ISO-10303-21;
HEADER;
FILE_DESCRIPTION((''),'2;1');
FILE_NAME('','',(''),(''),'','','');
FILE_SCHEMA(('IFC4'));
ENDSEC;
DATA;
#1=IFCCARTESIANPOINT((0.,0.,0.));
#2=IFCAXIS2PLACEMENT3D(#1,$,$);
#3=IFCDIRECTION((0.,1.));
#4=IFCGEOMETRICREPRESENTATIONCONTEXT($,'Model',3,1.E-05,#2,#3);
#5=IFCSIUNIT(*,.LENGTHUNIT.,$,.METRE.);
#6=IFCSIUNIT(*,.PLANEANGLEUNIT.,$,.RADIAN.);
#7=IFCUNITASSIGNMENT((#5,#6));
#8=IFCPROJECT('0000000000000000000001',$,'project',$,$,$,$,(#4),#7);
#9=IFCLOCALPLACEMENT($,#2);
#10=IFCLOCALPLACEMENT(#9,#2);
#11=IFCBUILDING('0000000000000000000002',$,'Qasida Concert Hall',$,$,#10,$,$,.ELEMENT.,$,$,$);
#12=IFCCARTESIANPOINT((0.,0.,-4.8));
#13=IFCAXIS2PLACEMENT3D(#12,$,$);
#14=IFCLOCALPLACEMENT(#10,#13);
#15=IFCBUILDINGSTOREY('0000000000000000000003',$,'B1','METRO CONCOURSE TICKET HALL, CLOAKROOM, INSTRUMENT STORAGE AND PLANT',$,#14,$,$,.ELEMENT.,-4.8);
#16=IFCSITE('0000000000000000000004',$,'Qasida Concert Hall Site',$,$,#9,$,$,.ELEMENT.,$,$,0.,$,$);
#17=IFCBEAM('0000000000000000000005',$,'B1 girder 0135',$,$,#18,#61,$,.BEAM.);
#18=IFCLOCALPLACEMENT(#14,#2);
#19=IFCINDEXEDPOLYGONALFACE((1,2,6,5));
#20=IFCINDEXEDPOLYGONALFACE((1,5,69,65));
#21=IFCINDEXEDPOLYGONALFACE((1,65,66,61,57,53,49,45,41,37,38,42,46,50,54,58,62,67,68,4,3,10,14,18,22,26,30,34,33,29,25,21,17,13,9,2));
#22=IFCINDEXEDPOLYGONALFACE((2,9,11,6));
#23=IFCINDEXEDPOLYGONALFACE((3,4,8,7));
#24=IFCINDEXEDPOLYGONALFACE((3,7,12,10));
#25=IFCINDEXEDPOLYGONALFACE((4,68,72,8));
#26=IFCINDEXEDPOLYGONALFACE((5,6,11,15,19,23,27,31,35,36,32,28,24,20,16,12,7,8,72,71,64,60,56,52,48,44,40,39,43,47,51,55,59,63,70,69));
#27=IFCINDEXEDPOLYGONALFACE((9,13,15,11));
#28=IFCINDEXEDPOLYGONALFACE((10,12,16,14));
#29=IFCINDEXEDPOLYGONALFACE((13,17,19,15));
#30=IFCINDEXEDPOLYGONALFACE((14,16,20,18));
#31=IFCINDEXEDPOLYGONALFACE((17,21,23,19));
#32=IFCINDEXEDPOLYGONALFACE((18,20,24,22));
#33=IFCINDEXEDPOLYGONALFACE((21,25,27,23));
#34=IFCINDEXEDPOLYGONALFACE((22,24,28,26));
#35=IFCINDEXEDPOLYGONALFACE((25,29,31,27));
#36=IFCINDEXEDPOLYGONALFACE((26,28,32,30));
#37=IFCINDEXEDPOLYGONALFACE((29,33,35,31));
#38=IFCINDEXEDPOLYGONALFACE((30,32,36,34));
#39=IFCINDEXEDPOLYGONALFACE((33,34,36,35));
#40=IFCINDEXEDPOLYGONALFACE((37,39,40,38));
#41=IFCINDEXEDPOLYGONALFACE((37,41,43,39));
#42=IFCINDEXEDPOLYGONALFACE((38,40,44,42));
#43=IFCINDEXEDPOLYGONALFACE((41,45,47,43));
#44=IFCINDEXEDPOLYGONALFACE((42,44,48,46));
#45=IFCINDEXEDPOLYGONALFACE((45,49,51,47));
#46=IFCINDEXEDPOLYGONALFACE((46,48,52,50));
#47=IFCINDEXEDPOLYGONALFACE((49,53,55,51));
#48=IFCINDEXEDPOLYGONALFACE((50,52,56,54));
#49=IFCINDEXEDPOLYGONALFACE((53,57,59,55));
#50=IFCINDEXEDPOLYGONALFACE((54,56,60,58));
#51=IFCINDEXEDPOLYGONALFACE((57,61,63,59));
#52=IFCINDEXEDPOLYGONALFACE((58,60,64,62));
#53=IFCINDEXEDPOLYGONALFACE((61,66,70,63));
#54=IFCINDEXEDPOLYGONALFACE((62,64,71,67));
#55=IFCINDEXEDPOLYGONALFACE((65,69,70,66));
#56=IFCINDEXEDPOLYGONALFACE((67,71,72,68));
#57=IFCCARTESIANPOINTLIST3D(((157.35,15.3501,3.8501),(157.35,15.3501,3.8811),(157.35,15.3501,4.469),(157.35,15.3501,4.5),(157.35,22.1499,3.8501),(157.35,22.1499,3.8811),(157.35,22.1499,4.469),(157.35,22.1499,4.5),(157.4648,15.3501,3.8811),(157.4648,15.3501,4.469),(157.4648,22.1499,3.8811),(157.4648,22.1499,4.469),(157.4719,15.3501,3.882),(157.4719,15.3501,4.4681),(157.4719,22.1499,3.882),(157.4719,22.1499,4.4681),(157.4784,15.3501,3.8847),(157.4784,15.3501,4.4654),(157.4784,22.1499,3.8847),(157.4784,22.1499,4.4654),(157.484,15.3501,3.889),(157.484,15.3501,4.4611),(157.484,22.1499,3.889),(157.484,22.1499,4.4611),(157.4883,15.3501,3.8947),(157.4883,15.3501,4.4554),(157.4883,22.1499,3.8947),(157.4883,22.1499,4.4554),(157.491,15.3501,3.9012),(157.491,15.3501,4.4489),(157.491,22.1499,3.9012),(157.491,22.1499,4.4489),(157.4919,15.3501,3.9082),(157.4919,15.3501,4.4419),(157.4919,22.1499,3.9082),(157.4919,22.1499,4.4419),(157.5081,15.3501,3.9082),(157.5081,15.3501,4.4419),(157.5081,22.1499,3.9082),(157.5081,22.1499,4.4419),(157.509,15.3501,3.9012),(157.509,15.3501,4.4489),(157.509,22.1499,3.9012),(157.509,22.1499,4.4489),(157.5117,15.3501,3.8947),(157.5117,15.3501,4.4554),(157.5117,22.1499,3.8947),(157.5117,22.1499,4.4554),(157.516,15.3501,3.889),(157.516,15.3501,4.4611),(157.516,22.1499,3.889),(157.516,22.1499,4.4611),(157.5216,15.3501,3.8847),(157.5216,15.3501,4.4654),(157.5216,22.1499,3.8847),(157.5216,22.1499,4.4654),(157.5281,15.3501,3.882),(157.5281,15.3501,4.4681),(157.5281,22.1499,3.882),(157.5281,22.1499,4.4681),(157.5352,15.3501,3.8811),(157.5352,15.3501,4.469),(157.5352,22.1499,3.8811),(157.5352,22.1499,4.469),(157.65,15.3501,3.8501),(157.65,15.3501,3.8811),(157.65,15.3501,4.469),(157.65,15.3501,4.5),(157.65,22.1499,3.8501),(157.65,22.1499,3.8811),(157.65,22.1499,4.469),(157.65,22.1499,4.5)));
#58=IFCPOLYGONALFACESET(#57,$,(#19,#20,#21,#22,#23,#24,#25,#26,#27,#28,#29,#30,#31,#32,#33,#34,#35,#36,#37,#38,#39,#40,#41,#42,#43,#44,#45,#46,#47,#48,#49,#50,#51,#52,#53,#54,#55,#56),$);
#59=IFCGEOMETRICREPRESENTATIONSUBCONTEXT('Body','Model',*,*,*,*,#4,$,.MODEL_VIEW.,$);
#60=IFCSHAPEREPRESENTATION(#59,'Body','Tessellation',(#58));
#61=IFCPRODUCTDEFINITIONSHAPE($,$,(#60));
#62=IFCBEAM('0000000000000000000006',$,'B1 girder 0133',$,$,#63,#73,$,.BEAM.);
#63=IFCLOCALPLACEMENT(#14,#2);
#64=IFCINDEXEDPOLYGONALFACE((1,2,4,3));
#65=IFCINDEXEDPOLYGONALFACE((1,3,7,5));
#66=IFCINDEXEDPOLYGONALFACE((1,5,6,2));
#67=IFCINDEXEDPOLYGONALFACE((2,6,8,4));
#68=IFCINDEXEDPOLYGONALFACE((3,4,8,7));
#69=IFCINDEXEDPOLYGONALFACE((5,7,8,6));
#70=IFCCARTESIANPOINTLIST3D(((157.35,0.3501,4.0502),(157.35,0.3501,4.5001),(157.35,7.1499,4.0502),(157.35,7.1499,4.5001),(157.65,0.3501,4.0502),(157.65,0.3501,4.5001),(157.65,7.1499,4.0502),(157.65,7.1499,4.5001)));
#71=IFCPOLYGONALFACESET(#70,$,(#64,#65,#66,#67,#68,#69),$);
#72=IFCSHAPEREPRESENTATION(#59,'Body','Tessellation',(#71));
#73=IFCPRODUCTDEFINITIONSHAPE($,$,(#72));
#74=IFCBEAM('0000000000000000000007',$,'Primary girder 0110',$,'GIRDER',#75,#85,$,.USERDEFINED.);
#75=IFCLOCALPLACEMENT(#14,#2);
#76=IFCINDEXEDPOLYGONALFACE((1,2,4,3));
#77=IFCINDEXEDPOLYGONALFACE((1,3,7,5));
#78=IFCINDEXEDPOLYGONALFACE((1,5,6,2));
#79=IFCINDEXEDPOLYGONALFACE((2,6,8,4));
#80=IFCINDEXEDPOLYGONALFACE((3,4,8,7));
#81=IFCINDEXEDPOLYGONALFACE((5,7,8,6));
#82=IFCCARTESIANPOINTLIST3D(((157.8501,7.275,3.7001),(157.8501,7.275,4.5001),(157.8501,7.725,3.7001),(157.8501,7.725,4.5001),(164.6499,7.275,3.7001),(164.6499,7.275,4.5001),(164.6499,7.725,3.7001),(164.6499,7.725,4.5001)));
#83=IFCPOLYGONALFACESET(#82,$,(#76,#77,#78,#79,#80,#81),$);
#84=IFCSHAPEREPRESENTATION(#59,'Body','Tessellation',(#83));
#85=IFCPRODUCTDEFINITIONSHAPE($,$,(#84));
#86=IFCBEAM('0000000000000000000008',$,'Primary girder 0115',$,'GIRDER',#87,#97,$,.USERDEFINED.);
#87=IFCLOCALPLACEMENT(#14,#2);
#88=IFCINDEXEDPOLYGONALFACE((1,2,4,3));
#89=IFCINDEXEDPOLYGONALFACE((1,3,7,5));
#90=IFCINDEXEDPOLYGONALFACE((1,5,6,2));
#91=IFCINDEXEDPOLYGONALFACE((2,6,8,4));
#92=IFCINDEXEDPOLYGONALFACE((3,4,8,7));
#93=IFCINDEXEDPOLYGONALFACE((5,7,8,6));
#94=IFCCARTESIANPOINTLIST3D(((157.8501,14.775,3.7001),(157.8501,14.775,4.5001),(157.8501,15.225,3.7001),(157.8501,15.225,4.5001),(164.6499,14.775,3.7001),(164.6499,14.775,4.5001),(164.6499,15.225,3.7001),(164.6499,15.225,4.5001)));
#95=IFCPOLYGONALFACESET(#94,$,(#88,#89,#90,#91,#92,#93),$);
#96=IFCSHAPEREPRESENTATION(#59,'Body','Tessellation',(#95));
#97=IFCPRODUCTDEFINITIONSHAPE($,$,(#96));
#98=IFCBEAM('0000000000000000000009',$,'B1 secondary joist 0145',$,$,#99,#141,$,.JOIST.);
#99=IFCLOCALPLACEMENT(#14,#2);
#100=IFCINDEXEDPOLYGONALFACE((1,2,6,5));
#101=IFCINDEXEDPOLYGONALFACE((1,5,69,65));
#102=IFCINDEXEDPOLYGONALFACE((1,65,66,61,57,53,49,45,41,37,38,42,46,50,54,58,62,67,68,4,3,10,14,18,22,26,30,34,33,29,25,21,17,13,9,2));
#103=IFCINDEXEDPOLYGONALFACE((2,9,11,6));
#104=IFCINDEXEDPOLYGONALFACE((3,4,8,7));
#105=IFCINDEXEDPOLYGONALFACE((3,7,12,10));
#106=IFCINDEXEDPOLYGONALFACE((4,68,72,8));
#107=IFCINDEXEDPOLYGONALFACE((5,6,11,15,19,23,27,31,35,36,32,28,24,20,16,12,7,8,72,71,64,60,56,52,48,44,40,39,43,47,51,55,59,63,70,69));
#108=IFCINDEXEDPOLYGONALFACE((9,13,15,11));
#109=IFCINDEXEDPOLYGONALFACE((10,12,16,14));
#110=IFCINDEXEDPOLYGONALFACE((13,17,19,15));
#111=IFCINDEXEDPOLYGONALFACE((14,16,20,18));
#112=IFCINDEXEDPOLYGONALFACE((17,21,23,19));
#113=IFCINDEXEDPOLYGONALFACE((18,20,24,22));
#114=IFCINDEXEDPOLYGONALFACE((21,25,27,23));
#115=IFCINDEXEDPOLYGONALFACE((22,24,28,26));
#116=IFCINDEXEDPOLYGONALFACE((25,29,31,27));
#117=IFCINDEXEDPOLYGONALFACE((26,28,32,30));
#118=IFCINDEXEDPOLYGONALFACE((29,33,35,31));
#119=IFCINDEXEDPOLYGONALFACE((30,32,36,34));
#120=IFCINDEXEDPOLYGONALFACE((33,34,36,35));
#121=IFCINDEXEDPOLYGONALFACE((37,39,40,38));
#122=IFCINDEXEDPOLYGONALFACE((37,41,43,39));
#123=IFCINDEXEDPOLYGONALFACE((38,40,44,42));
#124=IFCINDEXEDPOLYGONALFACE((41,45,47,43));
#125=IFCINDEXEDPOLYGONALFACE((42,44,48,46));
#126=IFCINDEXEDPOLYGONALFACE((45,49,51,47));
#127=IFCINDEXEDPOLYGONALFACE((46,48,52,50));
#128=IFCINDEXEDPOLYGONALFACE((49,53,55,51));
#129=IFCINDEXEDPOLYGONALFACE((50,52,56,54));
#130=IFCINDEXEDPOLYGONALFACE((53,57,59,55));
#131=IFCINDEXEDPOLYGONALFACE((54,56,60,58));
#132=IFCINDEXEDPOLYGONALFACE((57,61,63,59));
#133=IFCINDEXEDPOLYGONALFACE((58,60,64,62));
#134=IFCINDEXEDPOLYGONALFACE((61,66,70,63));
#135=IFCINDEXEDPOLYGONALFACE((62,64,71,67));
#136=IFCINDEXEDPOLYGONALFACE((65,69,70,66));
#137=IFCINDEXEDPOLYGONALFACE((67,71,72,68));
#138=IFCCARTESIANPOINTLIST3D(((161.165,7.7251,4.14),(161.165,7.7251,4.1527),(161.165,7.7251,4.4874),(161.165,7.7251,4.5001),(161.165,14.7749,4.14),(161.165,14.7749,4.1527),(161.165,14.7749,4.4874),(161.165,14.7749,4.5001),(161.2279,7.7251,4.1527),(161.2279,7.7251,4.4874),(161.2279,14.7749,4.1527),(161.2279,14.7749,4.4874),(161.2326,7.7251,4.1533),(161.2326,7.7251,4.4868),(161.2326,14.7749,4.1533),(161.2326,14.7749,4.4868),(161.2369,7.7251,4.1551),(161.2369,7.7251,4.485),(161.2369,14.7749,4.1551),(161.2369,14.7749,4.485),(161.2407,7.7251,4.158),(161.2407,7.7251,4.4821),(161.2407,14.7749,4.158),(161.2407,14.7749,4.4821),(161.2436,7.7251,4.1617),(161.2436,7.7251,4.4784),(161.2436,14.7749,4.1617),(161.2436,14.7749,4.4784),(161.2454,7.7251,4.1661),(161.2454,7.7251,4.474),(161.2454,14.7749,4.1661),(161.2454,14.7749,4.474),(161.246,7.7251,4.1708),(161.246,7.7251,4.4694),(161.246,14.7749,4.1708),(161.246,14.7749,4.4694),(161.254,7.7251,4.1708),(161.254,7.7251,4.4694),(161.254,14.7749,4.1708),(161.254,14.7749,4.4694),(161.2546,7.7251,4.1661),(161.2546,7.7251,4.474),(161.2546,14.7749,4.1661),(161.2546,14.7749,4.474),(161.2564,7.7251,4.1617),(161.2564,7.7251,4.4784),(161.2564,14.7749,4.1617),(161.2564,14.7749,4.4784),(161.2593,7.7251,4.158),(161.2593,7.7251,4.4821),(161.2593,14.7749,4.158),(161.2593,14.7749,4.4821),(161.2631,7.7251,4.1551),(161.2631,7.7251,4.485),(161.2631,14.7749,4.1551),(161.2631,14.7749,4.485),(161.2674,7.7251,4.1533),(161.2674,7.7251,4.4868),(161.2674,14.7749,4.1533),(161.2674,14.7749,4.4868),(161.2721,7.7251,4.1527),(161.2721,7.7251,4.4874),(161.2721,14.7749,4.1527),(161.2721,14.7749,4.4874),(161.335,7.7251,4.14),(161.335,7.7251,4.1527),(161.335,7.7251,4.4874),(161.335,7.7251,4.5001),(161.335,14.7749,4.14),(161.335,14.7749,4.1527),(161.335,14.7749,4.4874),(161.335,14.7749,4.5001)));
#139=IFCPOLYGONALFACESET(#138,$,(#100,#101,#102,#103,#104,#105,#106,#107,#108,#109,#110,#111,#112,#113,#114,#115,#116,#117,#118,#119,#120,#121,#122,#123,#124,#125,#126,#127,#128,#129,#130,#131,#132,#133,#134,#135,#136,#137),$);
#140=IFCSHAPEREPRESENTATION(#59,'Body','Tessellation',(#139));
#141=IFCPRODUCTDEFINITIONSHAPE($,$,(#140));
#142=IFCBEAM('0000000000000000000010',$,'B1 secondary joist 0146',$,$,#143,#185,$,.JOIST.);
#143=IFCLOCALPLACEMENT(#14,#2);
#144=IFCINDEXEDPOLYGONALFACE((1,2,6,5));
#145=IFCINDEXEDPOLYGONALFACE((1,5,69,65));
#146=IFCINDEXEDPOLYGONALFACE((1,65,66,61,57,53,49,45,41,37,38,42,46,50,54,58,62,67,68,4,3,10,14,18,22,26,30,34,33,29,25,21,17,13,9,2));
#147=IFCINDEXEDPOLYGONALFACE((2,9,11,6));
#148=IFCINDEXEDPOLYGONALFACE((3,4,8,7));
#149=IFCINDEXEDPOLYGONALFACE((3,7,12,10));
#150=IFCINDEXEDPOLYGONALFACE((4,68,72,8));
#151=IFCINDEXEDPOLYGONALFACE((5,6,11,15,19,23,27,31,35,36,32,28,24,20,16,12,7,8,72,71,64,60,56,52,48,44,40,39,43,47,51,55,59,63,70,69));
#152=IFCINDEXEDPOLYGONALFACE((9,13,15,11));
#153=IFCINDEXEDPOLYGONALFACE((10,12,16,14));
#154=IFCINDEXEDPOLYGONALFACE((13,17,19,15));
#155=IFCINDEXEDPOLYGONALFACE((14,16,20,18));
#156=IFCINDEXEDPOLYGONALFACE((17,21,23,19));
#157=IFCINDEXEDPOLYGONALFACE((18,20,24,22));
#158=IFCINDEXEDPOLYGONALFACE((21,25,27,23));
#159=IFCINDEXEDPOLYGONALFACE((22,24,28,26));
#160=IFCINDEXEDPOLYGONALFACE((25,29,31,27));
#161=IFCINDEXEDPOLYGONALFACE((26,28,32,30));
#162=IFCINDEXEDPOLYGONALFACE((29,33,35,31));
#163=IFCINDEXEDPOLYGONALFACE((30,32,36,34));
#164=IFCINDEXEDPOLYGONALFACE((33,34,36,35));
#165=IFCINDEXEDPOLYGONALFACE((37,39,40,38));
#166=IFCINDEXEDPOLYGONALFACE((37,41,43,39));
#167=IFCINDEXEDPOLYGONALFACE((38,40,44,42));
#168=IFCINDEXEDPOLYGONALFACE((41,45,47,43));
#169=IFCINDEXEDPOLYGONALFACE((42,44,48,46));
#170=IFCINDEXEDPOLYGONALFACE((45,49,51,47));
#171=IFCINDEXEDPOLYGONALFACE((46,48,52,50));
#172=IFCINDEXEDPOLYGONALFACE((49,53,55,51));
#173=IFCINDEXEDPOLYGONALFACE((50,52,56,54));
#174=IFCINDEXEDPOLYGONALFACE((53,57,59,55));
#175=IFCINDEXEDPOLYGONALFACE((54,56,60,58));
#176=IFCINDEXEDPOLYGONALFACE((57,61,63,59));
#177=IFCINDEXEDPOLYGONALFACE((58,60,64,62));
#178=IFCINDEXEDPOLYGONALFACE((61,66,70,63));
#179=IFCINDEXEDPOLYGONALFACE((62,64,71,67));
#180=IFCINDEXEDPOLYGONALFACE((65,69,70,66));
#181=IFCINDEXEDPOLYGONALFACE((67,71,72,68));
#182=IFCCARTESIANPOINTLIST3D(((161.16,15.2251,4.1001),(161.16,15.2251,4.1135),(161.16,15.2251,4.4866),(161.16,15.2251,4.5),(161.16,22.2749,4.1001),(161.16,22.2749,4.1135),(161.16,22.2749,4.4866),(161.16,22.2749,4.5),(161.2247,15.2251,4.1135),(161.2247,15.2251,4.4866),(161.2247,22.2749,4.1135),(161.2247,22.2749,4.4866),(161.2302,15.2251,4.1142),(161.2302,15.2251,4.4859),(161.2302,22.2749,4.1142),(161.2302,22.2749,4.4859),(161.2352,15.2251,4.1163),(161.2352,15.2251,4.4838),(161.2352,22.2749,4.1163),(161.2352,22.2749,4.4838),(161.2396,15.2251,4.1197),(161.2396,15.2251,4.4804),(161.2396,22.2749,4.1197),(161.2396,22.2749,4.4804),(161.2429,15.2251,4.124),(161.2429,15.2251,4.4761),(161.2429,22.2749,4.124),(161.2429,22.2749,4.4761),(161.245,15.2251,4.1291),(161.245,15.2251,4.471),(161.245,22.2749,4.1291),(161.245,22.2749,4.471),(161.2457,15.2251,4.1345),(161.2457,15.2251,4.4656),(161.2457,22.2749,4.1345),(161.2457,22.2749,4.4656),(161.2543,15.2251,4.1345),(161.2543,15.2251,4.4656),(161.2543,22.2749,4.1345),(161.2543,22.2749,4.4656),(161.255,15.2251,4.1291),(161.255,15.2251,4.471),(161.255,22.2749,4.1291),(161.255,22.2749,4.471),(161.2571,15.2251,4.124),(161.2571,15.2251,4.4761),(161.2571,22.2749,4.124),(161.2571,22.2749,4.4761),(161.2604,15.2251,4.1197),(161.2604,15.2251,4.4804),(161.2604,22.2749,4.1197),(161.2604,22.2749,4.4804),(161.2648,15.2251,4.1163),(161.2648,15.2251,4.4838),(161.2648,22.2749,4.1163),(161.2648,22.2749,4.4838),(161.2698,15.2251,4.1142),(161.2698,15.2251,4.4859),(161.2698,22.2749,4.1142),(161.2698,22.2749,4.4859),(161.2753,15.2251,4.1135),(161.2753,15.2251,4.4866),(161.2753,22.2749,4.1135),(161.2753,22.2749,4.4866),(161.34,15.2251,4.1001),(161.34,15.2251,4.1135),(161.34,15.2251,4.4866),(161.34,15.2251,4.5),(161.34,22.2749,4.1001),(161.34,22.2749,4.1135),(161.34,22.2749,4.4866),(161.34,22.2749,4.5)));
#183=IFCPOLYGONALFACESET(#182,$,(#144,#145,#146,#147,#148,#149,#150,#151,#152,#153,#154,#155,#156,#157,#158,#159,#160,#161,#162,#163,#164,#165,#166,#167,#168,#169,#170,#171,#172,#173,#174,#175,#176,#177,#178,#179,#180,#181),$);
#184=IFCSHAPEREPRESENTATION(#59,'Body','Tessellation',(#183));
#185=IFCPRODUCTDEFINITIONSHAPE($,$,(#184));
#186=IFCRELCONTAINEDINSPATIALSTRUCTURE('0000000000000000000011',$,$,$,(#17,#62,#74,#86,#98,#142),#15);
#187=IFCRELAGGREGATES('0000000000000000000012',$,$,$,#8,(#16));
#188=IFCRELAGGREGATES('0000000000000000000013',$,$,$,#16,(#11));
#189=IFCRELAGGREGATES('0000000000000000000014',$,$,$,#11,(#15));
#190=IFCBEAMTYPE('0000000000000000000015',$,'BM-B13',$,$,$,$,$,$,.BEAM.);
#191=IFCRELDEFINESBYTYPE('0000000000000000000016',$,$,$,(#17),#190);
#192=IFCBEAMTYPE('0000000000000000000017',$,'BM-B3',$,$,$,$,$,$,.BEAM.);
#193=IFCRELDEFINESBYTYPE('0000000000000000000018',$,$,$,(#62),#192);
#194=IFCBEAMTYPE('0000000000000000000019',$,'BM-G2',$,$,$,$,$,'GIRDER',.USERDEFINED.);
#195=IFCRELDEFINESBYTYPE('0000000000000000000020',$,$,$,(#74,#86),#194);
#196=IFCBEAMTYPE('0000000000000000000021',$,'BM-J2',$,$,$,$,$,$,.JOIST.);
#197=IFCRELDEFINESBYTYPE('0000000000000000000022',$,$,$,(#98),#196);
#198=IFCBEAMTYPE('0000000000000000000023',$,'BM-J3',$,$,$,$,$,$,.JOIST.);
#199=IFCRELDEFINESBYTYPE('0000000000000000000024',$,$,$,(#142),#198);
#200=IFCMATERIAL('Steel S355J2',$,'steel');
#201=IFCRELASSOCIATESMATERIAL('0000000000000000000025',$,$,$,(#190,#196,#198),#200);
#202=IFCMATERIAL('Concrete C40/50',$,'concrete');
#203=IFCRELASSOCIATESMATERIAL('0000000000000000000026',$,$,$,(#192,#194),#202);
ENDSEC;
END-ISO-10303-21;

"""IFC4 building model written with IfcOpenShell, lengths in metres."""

from ifc_helpers import new_model, si_unit, direction, frame, origin, origin_2d, place, context, subcontext, project, spatial, rectangle, i_section, extrude, material, material_profile, profile_set, type_object, element, save


model = new_model("IFC4")

# Units and contexts
model_context = context("Model", 3, precision=1e-05, world=origin(), true_north=direction((0.0, 1.0)))
body_context = subcontext(model_context, "Body", "Model", "MODEL_VIEW")
ifc_project = project(units=[si_unit("LENGTHUNIT", "METRE"), si_unit("PLANEANGLEUNIT", "RADIAN")], contexts=[model_context])

# Site, building, storey
site_placement = place(None, origin())
site = spatial("IfcSite", under=ifc_project, at=site_placement, Name="Qasida Concert Hall Site", CompositionType="ELEMENT", RefElevation=0.0)
building_placement = place(site_placement, origin())
building = spatial("IfcBuilding", under=site, at=building_placement, Name="Qasida Concert Hall", CompositionType="ELEMENT")
storey_placement = place(building_placement, frame((0.0, 0.0, -4.8)))
storey = spatial("IfcBuildingStorey", under=building, at=storey_placement, Name="B1", Description="METRO CONCOURSE TICKET HALL, CLOAKROOM, INSTRUMENT STORAGE AND PLANT", CompositionType="ELEMENT", Elevation=-4.8)

# Shared definitions
ifc_material_1 = material(Name="Concrete C40/50", Category="concrete")

# Beams
ifc_material_2 = material(Name="Steel S355J2", Category="steel")
ifc_material_profile_1 = material_profile(ifc_material_2, i_section(OverallWidth=0.3, OverallDepth=0.6499, WebThickness=0.0161, FlangeThickness=0.031, FilletRadius=0.0271, at=origin_2d()), Name="HEB 650")
ifc_profile_set_1 = profile_set([ifc_material_profile_1], Name="Steel S355J2")
beam_type_1 = type_object("IfcBeamType", Name="BM-B13", PredefinedType="BEAM", material=ifc_profile_set_1)
beam_1_placement = place(storey_placement, frame((157.5, 15.3501, 4.175), z_axis=(0.0, 1.0, 0.0), x_axis=(-1.0, 0.0, 0.0)))
element("IfcBeam", 1, at=beam_1_placement, inside=storey, type_object=beam_type_1, Name="B1 girder 0135", PredefinedType="BEAM", context=body_context, shape_type="SweptSolid", body=[
    extrude(i_section(OverallWidth=0.3, OverallDepth=0.6499, WebThickness=0.0161, FlangeThickness=0.031, FilletRadius=0.0271, at=origin_2d()), origin(), (0.0, 0.0, 1.0), 6.7998),
])
ifc_material_profile_2 = material_profile(ifc_material_1, rectangle(XDim=0.3, YDim=0.45, at=origin_2d()), Name="RC 300x450")
ifc_profile_set_2 = profile_set([ifc_material_profile_2], Name="Concrete C40/50")
beam_type_2 = type_object("IfcBeamType", Name="BM-B3", PredefinedType="BEAM", material=ifc_profile_set_2)
beam_2_placement = place(storey_placement, frame((157.5, 0.3501, 4.2751), z_axis=(0.0, 1.0, 0.0), x_axis=(-1.0, 0.0, 0.0)))
element("IfcBeam", 2, at=beam_2_placement, inside=storey, type_object=beam_type_2, Name="B1 girder 0133", PredefinedType="BEAM", context=body_context, shape_type="SweptSolid", body=[
    extrude(rectangle(XDim=0.3, YDim=0.45, at=origin_2d()), origin(), (0.0, 0.0, 1.0), 6.7998),
])
ifc_material_profile_3 = material_profile(ifc_material_1, rectangle(XDim=0.45, YDim=0.8, at=origin_2d()), Name="RC 450x800")
ifc_profile_set_3 = profile_set([ifc_material_profile_3], Name="Concrete C40/50")
beam_type_3 = type_object("IfcBeamType", Name="BM-G2", ElementType="GIRDER", PredefinedType="USERDEFINED", material=ifc_profile_set_3)
for number, where, z_axis, x_axis, name in (
    (3, (157.8501, 7.5, 4.1001), (1.0, 0.0, 0.0), (0.0, 1.0, 0.0), "Primary girder 0110"),
    (4, (157.8501, 15.0, 4.1001), (1.0, 0.0, 0.0), (0.0, 1.0, 0.0), "Primary girder 0115"),
):
    element("IfcBeam", number, at=place(storey_placement, frame(where, z_axis=z_axis, x_axis=x_axis)), inside=storey, type_object=beam_type_3, Name=name, ObjectType="GIRDER", PredefinedType="USERDEFINED", context=body_context, shape_type="SweptSolid", body=[
        extrude(rectangle(XDim=0.45, YDim=0.8, at=origin_2d()), origin(), (0.0, 0.0, 1.0), 6.7998),
    ])
ifc_material_profile_4 = material_profile(ifc_material_2, i_section(OverallWidth=0.1699, OverallDepth=0.3601, WebThickness=0.0081, FlangeThickness=0.0127, FilletRadius=0.0181, at=origin_2d()), Name="IPE 360")
ifc_profile_set_4 = profile_set([ifc_material_profile_4], Name="Steel S355J2")
beam_type_4 = type_object("IfcBeamType", Name="BM-J2", PredefinedType="JOIST", material=ifc_profile_set_4)
beam_3_placement = place(storey_placement, frame((161.25, 7.7251, 4.3201), z_axis=(0.0, 1.0, 0.0), x_axis=(-1.0, 0.0, 0.0)))
element("IfcBeam", 5, at=beam_3_placement, inside=storey, type_object=beam_type_4, Name="B1 secondary joist 0145", PredefinedType="JOIST", context=body_context, shape_type="SweptSolid", body=[
    extrude(i_section(OverallWidth=0.1699, OverallDepth=0.3601, WebThickness=0.0081, FlangeThickness=0.0127, FilletRadius=0.0181, at=origin_2d()), origin(), (0.0, 0.0, 1.0), 7.0498),
])
ifc_material_profile_5 = material_profile(ifc_material_2, i_section(OverallWidth=0.1799, OverallDepth=0.3999, WebThickness=0.0085, FlangeThickness=0.0134, FilletRadius=0.021, at=origin_2d()), Name="IPE 400")
ifc_profile_set_5 = profile_set([ifc_material_profile_5], Name="Steel S355J2")
beam_type_5 = type_object("IfcBeamType", Name="BM-J3", PredefinedType="JOIST", material=ifc_profile_set_5)
beam_4_placement = place(storey_placement, frame((161.25, 15.2251, 4.3), z_axis=(0.0, 1.0, 0.0), x_axis=(-1.0, 0.0, 0.0)))
element("IfcBeam", 6, at=beam_4_placement, inside=storey, type_object=beam_type_5, Name="B1 secondary joist 0146", PredefinedType="JOIST", context=body_context, shape_type="SweptSolid", body=[
    extrude(i_section(OverallWidth=0.1799, OverallDepth=0.3999, WebThickness=0.0085, FlangeThickness=0.0134, FilletRadius=0.021, at=origin_2d()), origin(), (0.0, 0.0, 1.0), 7.0498),
])

save(model, "model.ifc")
